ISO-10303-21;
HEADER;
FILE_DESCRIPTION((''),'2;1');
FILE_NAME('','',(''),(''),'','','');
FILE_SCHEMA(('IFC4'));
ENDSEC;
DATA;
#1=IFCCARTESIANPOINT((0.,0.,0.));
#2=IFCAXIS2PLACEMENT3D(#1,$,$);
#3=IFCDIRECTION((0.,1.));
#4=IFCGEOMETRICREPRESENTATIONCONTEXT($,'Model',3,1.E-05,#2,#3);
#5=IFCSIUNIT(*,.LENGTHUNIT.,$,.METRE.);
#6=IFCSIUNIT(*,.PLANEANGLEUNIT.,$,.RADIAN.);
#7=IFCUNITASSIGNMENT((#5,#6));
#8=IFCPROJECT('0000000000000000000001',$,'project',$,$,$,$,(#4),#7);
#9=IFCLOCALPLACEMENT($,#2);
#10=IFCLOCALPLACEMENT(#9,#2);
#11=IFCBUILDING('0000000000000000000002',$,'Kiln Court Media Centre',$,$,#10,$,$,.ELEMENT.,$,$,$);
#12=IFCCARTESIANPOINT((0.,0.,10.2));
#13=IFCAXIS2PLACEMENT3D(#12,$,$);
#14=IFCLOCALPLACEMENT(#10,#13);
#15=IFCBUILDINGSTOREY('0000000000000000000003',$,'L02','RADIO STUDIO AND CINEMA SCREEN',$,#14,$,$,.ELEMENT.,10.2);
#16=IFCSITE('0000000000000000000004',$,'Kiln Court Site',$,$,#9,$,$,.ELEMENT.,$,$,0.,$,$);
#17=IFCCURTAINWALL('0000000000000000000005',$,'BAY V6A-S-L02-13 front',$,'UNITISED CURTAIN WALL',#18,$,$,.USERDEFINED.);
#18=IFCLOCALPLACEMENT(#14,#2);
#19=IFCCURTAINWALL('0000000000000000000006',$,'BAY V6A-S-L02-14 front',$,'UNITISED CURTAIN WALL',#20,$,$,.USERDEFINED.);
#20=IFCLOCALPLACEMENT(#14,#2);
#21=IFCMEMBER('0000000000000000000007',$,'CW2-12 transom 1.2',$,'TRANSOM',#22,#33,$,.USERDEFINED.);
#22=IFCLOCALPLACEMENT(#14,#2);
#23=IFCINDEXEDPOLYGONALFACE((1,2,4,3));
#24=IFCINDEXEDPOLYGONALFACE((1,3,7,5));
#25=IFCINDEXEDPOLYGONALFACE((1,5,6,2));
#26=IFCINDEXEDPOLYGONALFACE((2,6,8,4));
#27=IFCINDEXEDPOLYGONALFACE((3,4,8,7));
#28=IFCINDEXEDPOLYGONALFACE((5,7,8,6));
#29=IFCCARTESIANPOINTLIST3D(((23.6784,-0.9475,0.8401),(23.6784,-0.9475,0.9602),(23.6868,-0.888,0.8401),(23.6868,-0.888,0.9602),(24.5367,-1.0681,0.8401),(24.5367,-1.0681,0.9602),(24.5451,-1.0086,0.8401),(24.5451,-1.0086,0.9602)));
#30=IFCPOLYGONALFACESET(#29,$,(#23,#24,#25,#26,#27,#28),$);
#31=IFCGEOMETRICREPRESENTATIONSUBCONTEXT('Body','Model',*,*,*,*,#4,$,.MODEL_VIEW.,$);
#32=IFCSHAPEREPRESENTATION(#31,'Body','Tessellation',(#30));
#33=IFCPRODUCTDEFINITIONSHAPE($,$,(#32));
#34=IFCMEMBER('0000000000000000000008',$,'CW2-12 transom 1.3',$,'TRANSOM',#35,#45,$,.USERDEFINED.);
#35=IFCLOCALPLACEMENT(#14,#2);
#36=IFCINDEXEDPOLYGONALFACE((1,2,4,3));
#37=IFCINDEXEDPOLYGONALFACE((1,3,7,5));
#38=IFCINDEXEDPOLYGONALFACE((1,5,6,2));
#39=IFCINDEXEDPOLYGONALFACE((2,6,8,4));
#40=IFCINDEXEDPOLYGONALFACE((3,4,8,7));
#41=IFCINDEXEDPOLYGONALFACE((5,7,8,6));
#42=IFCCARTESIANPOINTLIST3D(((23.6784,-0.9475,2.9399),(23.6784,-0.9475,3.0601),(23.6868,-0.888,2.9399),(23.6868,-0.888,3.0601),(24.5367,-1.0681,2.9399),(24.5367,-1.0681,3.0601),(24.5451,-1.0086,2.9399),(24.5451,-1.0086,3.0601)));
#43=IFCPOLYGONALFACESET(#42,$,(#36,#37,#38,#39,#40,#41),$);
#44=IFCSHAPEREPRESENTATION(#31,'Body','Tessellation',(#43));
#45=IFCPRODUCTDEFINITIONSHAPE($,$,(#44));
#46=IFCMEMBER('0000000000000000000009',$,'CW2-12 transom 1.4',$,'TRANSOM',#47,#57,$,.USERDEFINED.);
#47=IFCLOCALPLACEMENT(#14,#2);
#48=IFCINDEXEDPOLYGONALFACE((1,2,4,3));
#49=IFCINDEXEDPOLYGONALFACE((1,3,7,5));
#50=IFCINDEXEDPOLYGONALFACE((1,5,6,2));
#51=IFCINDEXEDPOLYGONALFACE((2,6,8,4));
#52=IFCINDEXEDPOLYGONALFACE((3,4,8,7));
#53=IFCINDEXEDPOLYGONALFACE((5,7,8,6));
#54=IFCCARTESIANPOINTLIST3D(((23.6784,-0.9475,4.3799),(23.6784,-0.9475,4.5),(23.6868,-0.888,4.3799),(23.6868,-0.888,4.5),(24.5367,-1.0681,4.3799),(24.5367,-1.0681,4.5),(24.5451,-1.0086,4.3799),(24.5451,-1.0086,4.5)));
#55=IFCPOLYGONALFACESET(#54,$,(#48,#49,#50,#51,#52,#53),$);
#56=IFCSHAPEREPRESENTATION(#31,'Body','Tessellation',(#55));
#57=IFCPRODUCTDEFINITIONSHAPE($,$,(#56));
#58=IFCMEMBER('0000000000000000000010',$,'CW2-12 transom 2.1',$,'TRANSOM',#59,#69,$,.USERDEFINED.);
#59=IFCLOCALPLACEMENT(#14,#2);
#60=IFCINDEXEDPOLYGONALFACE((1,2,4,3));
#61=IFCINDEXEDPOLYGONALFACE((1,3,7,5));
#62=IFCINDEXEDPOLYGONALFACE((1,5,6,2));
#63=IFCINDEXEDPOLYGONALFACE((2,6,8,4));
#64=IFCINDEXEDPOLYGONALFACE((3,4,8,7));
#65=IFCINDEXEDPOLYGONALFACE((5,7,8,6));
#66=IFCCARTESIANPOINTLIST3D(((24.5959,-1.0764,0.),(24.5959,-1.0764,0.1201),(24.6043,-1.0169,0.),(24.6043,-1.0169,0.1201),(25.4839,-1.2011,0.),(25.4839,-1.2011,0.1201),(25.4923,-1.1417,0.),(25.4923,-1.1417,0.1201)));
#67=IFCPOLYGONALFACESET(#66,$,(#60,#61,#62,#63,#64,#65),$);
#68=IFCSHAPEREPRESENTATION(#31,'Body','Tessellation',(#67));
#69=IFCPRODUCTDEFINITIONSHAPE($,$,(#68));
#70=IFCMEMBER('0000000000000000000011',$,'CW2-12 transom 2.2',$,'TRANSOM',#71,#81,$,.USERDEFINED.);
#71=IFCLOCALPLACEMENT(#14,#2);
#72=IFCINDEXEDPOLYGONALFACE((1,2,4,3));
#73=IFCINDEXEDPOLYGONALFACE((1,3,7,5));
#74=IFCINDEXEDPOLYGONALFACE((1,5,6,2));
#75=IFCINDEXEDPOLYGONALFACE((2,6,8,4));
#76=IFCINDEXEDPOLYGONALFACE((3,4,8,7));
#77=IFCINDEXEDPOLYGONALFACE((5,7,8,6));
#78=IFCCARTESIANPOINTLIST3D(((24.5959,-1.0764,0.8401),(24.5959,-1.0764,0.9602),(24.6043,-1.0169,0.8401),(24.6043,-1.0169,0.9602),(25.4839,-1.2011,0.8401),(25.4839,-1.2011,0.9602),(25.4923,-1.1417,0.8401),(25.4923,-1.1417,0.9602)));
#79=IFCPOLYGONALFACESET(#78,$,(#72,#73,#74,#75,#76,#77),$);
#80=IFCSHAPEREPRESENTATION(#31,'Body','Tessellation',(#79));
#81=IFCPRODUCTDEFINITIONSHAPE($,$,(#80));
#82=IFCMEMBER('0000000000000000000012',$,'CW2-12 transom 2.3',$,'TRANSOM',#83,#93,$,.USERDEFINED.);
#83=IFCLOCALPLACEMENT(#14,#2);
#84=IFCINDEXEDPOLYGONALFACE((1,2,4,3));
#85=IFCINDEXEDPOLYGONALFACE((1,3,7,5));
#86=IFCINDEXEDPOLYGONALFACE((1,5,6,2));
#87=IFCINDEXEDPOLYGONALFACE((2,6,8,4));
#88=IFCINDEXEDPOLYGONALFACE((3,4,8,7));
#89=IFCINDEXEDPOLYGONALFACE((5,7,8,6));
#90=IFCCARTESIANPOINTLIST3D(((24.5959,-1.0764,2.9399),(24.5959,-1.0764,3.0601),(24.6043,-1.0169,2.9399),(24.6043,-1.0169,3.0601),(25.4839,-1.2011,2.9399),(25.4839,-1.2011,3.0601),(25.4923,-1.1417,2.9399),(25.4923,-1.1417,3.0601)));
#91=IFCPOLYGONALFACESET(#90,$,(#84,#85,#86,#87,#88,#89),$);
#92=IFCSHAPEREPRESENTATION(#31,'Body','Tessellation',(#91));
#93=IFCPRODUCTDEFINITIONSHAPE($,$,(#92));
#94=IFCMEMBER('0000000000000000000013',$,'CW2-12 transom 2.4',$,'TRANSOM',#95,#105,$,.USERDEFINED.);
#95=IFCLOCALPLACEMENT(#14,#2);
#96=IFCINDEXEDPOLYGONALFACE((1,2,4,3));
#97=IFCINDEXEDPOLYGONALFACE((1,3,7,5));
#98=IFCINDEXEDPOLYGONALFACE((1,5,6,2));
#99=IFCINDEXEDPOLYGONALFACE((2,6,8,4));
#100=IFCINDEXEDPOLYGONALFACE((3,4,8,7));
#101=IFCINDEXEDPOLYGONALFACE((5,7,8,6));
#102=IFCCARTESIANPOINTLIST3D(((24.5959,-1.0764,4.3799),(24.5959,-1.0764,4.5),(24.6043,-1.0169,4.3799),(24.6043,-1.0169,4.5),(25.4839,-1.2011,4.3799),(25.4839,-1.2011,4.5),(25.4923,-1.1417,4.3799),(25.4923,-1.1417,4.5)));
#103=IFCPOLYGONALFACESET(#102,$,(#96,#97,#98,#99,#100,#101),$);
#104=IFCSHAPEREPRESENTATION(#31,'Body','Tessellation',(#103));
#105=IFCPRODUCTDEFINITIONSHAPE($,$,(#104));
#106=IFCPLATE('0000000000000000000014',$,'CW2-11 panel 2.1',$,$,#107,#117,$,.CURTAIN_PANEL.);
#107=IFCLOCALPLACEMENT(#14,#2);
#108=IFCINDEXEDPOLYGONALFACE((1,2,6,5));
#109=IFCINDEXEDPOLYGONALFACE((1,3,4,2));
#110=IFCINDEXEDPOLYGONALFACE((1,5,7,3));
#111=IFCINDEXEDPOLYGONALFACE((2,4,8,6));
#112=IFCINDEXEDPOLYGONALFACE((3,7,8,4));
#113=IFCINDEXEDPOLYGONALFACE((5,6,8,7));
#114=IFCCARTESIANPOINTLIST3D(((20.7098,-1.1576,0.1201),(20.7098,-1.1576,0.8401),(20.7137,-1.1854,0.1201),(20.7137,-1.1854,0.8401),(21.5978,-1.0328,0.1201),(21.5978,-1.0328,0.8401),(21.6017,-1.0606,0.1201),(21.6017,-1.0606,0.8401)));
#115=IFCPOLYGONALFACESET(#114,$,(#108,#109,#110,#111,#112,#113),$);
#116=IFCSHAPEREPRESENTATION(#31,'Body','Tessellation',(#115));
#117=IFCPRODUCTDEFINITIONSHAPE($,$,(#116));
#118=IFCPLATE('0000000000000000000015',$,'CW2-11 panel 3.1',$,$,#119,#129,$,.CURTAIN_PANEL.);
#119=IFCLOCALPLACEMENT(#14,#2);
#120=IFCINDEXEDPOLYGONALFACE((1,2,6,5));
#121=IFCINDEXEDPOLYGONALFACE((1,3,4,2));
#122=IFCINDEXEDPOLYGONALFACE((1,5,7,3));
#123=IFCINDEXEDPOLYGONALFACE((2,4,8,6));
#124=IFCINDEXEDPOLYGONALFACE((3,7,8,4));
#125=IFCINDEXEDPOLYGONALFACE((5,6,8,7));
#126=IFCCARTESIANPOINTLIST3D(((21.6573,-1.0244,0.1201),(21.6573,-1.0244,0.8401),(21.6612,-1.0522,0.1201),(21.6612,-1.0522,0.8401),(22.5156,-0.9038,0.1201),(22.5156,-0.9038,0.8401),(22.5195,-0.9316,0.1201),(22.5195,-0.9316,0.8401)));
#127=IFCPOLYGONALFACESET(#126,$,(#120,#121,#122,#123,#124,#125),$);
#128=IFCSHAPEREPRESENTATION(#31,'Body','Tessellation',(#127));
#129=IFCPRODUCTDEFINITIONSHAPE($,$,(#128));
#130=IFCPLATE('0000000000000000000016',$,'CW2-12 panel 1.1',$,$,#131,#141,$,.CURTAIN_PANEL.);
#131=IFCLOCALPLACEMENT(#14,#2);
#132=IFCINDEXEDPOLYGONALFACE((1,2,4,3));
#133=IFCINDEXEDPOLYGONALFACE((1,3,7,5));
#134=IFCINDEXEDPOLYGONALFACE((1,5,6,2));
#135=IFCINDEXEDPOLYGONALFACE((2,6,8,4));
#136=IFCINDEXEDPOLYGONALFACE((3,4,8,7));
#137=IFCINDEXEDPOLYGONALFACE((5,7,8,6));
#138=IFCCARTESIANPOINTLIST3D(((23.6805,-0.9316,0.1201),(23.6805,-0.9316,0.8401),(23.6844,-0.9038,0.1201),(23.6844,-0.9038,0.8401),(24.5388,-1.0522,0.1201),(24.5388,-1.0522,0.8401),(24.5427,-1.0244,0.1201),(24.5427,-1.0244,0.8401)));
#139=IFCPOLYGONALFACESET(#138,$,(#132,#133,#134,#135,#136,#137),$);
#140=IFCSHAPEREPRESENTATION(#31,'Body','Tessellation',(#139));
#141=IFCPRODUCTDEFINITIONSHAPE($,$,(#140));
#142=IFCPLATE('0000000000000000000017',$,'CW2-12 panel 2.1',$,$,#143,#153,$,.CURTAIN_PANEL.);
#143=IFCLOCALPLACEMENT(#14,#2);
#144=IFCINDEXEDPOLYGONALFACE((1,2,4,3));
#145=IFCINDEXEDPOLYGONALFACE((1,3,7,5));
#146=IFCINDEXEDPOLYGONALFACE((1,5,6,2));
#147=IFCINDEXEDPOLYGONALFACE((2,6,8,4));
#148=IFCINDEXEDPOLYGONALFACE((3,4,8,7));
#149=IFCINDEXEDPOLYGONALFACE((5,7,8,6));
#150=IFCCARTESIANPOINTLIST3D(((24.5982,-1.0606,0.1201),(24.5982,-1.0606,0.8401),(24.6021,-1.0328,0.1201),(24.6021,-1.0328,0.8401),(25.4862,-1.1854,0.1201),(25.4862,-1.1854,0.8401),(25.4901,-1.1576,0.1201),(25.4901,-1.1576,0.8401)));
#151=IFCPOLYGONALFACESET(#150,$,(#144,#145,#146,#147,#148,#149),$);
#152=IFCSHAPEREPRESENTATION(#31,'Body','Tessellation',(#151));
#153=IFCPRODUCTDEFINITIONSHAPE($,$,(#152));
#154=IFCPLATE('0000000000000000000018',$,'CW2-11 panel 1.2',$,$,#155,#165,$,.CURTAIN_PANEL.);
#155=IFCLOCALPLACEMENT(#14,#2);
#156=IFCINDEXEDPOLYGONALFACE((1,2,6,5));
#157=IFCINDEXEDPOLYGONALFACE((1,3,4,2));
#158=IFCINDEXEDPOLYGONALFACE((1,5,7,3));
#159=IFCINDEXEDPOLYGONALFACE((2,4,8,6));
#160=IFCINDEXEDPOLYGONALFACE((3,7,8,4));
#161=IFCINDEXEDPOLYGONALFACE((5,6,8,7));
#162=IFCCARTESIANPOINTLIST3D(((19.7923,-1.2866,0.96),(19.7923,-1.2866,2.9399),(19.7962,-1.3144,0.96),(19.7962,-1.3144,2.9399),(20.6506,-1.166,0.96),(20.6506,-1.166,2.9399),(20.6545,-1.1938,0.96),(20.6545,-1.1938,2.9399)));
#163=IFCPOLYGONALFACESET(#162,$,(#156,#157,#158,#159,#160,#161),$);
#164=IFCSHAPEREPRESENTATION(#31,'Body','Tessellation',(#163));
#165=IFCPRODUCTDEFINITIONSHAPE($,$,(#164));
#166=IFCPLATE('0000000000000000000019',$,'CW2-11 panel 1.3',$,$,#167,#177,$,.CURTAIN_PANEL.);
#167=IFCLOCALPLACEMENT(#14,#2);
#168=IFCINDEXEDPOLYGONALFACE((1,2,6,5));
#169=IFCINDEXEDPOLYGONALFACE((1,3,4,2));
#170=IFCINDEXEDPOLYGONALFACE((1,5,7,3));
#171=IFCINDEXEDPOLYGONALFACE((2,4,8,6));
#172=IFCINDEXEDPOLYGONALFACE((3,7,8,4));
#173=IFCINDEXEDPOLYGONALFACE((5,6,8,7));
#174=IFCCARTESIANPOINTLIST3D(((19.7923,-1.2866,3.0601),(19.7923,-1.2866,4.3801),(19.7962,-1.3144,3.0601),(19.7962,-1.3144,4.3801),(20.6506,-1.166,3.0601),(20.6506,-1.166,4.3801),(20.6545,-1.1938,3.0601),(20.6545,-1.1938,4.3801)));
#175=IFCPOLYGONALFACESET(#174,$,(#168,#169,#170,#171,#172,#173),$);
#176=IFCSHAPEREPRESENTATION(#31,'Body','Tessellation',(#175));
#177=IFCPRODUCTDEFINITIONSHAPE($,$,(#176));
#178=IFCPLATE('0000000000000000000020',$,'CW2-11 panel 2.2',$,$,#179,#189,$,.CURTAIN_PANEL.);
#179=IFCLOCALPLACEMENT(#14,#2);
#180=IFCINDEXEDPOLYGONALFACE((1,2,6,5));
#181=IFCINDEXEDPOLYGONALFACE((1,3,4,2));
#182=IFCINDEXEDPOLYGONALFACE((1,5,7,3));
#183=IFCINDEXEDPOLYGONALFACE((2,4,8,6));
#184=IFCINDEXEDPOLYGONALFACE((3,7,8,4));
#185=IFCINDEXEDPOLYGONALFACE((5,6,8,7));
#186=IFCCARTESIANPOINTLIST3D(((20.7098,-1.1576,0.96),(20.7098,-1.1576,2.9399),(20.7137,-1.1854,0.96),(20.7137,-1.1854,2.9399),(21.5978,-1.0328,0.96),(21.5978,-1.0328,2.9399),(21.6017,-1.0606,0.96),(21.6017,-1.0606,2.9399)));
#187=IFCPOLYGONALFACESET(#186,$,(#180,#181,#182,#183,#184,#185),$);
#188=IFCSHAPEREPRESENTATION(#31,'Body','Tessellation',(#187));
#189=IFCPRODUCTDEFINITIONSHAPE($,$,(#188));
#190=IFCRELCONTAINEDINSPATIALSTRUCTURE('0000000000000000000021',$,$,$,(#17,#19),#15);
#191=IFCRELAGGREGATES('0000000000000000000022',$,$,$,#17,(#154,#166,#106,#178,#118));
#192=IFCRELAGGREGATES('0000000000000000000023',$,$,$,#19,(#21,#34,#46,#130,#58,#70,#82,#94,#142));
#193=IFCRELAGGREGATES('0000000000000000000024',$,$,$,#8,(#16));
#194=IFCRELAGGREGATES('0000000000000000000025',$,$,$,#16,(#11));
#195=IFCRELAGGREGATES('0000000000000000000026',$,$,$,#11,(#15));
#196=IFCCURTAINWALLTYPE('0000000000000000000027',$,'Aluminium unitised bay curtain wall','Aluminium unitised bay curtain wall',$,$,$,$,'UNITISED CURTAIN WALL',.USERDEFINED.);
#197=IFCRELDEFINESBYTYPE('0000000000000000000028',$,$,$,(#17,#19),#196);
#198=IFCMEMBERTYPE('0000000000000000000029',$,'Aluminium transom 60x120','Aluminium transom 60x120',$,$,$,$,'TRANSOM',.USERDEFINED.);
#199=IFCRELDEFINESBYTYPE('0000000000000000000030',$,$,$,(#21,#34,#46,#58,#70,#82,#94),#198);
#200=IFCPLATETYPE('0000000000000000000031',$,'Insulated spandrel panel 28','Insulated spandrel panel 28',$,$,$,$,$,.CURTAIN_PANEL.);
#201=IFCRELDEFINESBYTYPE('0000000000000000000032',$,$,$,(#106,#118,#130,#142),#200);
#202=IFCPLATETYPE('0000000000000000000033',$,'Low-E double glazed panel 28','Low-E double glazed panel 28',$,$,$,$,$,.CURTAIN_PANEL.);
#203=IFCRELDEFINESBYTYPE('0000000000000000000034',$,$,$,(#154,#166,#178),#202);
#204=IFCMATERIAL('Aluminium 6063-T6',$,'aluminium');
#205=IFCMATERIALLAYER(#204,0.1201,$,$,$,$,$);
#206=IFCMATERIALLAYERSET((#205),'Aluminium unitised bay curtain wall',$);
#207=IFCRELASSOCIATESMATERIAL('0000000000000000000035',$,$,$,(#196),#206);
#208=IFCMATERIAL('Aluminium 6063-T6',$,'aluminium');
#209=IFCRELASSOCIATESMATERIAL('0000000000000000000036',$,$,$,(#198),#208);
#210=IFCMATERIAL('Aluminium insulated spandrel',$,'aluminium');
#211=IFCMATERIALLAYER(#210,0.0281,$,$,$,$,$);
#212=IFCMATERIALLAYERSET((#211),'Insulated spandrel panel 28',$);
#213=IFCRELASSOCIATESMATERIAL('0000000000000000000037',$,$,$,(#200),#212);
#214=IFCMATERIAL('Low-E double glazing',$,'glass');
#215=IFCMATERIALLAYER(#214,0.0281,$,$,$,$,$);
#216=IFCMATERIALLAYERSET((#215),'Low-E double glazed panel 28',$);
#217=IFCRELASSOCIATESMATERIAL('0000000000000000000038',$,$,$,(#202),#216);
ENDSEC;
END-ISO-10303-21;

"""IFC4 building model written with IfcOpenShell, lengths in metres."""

from ifc_helpers import new_model, si_unit, direction, frame, origin, origin_2d, place, context, subcontext, project, spatial, rectangle, extrude, material, layer, layer_set, material_profile, profile_set, type_object, element, aggregate, save


model = new_model("IFC4")

# Units and contexts
model_context = context("Model", 3, precision=1e-05, world=origin(), true_north=direction((0.0, 1.0)))
body_context = subcontext(model_context, "Body", "Model", "MODEL_VIEW")
ifc_project = project(units=[si_unit("LENGTHUNIT", "METRE"), si_unit("PLANEANGLEUNIT", "RADIAN")], contexts=[model_context])

# Site, building, storey
site_placement = place(None, origin())
site = spatial("IfcSite", under=ifc_project, at=site_placement, Name="Kiln Court Site", CompositionType="ELEMENT", RefElevation=0.0)
building_placement = place(site_placement, origin())
building = spatial("IfcBuilding", under=site, at=building_placement, Name="Kiln Court Media Centre", CompositionType="ELEMENT")
storey_placement = place(building_placement, frame((0.0, 0.0, 10.2)))
storey = spatial("IfcBuildingStorey", under=building, at=storey_placement, Name="L02", Description="RADIO STUDIO AND CINEMA SCREEN", CompositionType="ELEMENT", Elevation=10.2)

# Curtain walls
ifc_material_1 = material(Name="Aluminium 6063-T6", Category="aluminium")
ifc_layer_1 = layer(ifc_material_1, 0.1201)
ifc_layer_set_1 = layer_set([ifc_layer_1], Name="Aluminium unitised bay curtain wall")
curtain_wall_type = type_object("IfcCurtainWallType", Name="Aluminium unitised bay curtain wall", Description="Aluminium unitised bay curtain wall", ElementType="UNITISED CURTAIN WALL", PredefinedType="USERDEFINED", material=ifc_layer_set_1)
curtain_wall_1_placement = place(storey_placement, origin())
curtain_wall_1 = element("IfcCurtainWall", 1, at=curtain_wall_1_placement, inside=storey, type_object=curtain_wall_type, Name="BAY V6A-S-L02-13 front", ObjectType="UNITISED CURTAIN WALL", PredefinedType="USERDEFINED")
curtain_wall_2_placement = place(storey_placement, origin())
curtain_wall_2 = element("IfcCurtainWall", 2, at=curtain_wall_2_placement, inside=storey, type_object=curtain_wall_type, Name="BAY V6A-S-L02-14 front", ObjectType="UNITISED CURTAIN WALL", PredefinedType="USERDEFINED")

# Members
ifc_material_2 = material(Name="Aluminium 6063-T6", Category="aluminium")
ifc_material_profile_1 = material_profile(ifc_material_2, rectangle(XDim=0.0601, YDim=0.1201, at=origin_2d()), Name="Aluminium transom 60x120")
ifc_profile_set_1 = profile_set([ifc_material_profile_1], Name="Aluminium 6063-T6")
member_type_1 = type_object("IfcMemberType", Name="Aluminium transom 60x120", Description="Aluminium transom 60x120", ElementType="TRANSOM", PredefinedType="USERDEFINED", material=ifc_profile_set_1)
member_1_placement = place(storey_placement, frame((23.6826, -0.9177, 0.9001), z_axis=(0.990268, -0.139173, 0.0), x_axis=(0.139173, 0.990268, 0.0)))
member_1 = element("IfcMember", 3, at=member_1_placement, type_object=member_type_1, Name="CW2-12 transom 1.2", ObjectType="TRANSOM", PredefinedType="USERDEFINED", context=body_context, shape_type="SweptSolid", body=[
    extrude(rectangle(XDim=0.0601, YDim=0.1201, at=origin_2d()), origin(), (0.0, 0.0, 1.0), 0.8667),
])
member_2_placement = place(storey_placement, frame((23.6826, -0.9177, 3.0), z_axis=(0.990268, -0.139173, 0.0), x_axis=(0.139173, 0.990268, 0.0)))
member_2 = element("IfcMember", 4, at=member_2_placement, type_object=member_type_1, Name="CW2-12 transom 1.3", ObjectType="TRANSOM", PredefinedType="USERDEFINED", context=body_context, shape_type="SweptSolid", body=[
    extrude(rectangle(XDim=0.0601, YDim=0.1201, at=origin_2d()), origin(), (0.0, 0.0, 1.0), 0.8667),
])
member_3_placement = place(storey_placement, frame((23.6826, -0.9177, 4.4399), z_axis=(0.990268, -0.139173, 0.0), x_axis=(0.139173, 0.990268, 0.0)))
member_3 = element("IfcMember", 5, at=member_3_placement, type_object=member_type_1, Name="CW2-12 transom 1.4", ObjectType="TRANSOM", PredefinedType="USERDEFINED", context=body_context, shape_type="SweptSolid", body=[
    extrude(rectangle(XDim=0.0601, YDim=0.1201, at=origin_2d()), origin(), (0.0, 0.0, 1.0), 0.8667),
])
member_4_placement = place(storey_placement, frame((24.6001, -1.0466, 0.0601), z_axis=(0.990274, -0.139134, 0.0), x_axis=(0.139134, 0.990274, 0.0)))
member_4 = element("IfcMember", 6, at=member_4_placement, type_object=member_type_1, Name="CW2-12 transom 2.1", ObjectType="TRANSOM", PredefinedType="USERDEFINED", context=body_context, shape_type="SweptSolid", body=[
    extrude(rectangle(XDim=0.0601, YDim=0.1201, at=origin_2d()), origin(), (0.0, 0.0, 1.0), 0.8967),
])
member_5_placement = place(storey_placement, frame((24.6001, -1.0466, 0.9001), z_axis=(0.990274, -0.139134, 0.0), x_axis=(0.139134, 0.990274, 0.0)))
member_5 = element("IfcMember", 7, at=member_5_placement, type_object=member_type_1, Name="CW2-12 transom 2.2", ObjectType="TRANSOM", PredefinedType="USERDEFINED", context=body_context, shape_type="SweptSolid", body=[
    extrude(rectangle(XDim=0.0601, YDim=0.1201, at=origin_2d()), origin(), (0.0, 0.0, 1.0), 0.8967),
])
member_6_placement = place(storey_placement, frame((24.6001, -1.0466, 3.0), z_axis=(0.990274, -0.139134, 0.0), x_axis=(0.139134, 0.990274, 0.0)))
member_6 = element("IfcMember", 8, at=member_6_placement, type_object=member_type_1, Name="CW2-12 transom 2.3", ObjectType="TRANSOM", PredefinedType="USERDEFINED", context=body_context, shape_type="SweptSolid", body=[
    extrude(rectangle(XDim=0.0601, YDim=0.1201, at=origin_2d()), origin(), (0.0, 0.0, 1.0), 0.8967),
])
member_7_placement = place(storey_placement, frame((24.6001, -1.0466, 4.4399), z_axis=(0.990274, -0.139134, 0.0), x_axis=(0.139134, 0.990274, 0.0)))
member_7 = element("IfcMember", 9, at=member_7_placement, type_object=member_type_1, Name="CW2-12 transom 2.4", ObjectType="TRANSOM", PredefinedType="USERDEFINED", context=body_context, shape_type="SweptSolid", body=[
    extrude(rectangle(XDim=0.0601, YDim=0.1201, at=origin_2d()), origin(), (0.0, 0.0, 1.0), 0.8967),
])

# Plates
ifc_material_3 = material(Name="Aluminium insulated spandrel", Category="aluminium")
ifc_layer_2 = layer(ifc_material_3, 0.0281)
ifc_layer_set_2 = layer_set([ifc_layer_2], Name="Insulated spandrel panel 28")
plate_type_1 = type_object("IfcPlateType", Name="Insulated spandrel panel 28", Description="Insulated spandrel panel 28", PredefinedType="CURTAIN_PANEL", material=ifc_layer_set_2)
plate_1_placement = place(storey_placement, frame((21.1558, -1.1091, 0.1201), z_axis=(0.0, 0.0, 1.0), x_axis=(0.99027, 0.139162, 0.0)))
plate_1 = element("IfcPlate", 10, at=plate_1_placement, type_object=plate_type_1, Name="CW2-11 panel 2.1", PredefinedType="CURTAIN_PANEL", context=body_context, shape_type="SweptSolid", body=[
    extrude(rectangle(XDim=0.8967, YDim=0.0281, at=origin_2d()), origin(), (0.0, 0.0, 1.0), 0.72),
])
plate_2_placement = place(storey_placement, frame((22.0884, -0.978, 0.1201), z_axis=(0.0, 0.0, 1.0), x_axis=(0.99027, 0.139162, 0.0)))
plate_2 = element("IfcPlate", 11, at=plate_2_placement, type_object=plate_type_1, Name="CW2-11 panel 3.1", PredefinedType="CURTAIN_PANEL", context=body_context, shape_type="SweptSolid", body=[
    extrude(rectangle(XDim=0.8667, YDim=0.0281, at=origin_2d()), origin(), (0.0, 0.0, 1.0), 0.72),
])
plate_3_placement = place(storey_placement, frame((24.1116, -0.978, 0.1201), z_axis=(0.0, 0.0, 1.0), x_axis=(0.99027, -0.139162, 0.0)))
plate_3 = element("IfcPlate", 12, at=plate_3_placement, type_object=plate_type_1, Name="CW2-12 panel 1.1", PredefinedType="CURTAIN_PANEL", context=body_context, shape_type="SweptSolid", body=[
    extrude(rectangle(XDim=0.8667, YDim=0.0281, at=origin_2d()), origin(), (0.0, 0.0, 1.0), 0.72),
])
plate_4_placement = place(storey_placement, frame((25.0442, -1.1091, 0.1201), z_axis=(0.0, 0.0, 1.0), x_axis=(0.99027, -0.139162, 0.0)))
plate_4 = element("IfcPlate", 13, at=plate_4_placement, type_object=plate_type_1, Name="CW2-12 panel 2.1", PredefinedType="CURTAIN_PANEL", context=body_context, shape_type="SweptSolid", body=[
    extrude(rectangle(XDim=0.8967, YDim=0.0281, at=origin_2d()), origin(), (0.0, 0.0, 1.0), 0.72),
])
ifc_material_4 = material(Name="Low-E double glazing", Category="glass")
ifc_layer_3 = layer(ifc_material_4, 0.0281)
ifc_layer_set_3 = layer_set([ifc_layer_3], Name="Low-E double glazed panel 28")
plate_type_2 = type_object("IfcPlateType", Name="Low-E double glazed panel 28", Description="Low-E double glazed panel 28", PredefinedType="CURTAIN_PANEL", material=ifc_layer_set_3)
plate_5_placement = place(storey_placement, frame((20.2234, -1.2402, 0.96), z_axis=(0.0, 0.0, 1.0), x_axis=(0.99027, 0.139162, 0.0)))
plate_5 = element("IfcPlate", 14, at=plate_5_placement, type_object=plate_type_2, Name="CW2-11 panel 1.2", PredefinedType="CURTAIN_PANEL", context=body_context, shape_type="SweptSolid", body=[
    extrude(rectangle(XDim=0.8667, YDim=0.0281, at=origin_2d()), origin(), (0.0, 0.0, 1.0), 1.98),
])
plate_6_placement = place(storey_placement, frame((20.2234, -1.2402, 3.0601), z_axis=(0.0, 0.0, 1.0), x_axis=(0.99027, 0.139162, 0.0)))
plate_6 = element("IfcPlate", 15, at=plate_6_placement, type_object=plate_type_2, Name="CW2-11 panel 1.3", PredefinedType="CURTAIN_PANEL", context=body_context, shape_type="SweptSolid", body=[
    extrude(rectangle(XDim=0.8667, YDim=0.0281, at=origin_2d()), origin(), (0.0, 0.0, 1.0), 1.3201),
])
plate_7_placement = place(storey_placement, frame((21.1558, -1.1091, 0.96), z_axis=(0.0, 0.0, 1.0), x_axis=(0.99027, 0.139162, 0.0)))
plate_7 = element("IfcPlate", 16, at=plate_7_placement, type_object=plate_type_2, Name="CW2-11 panel 2.2", PredefinedType="CURTAIN_PANEL", context=body_context, shape_type="SweptSolid", body=[
    extrude(rectangle(XDim=0.8967, YDim=0.0281, at=origin_2d()), origin(), (0.0, 0.0, 1.0), 1.98),
])
aggregate(curtain_wall_1, [plate_5, plate_6, plate_1, plate_7, plate_2])
aggregate(curtain_wall_2, [member_1, member_2, member_3, plate_3, member_4, member_5, member_6, member_7, plate_4])

save(model, "model.ifc")
